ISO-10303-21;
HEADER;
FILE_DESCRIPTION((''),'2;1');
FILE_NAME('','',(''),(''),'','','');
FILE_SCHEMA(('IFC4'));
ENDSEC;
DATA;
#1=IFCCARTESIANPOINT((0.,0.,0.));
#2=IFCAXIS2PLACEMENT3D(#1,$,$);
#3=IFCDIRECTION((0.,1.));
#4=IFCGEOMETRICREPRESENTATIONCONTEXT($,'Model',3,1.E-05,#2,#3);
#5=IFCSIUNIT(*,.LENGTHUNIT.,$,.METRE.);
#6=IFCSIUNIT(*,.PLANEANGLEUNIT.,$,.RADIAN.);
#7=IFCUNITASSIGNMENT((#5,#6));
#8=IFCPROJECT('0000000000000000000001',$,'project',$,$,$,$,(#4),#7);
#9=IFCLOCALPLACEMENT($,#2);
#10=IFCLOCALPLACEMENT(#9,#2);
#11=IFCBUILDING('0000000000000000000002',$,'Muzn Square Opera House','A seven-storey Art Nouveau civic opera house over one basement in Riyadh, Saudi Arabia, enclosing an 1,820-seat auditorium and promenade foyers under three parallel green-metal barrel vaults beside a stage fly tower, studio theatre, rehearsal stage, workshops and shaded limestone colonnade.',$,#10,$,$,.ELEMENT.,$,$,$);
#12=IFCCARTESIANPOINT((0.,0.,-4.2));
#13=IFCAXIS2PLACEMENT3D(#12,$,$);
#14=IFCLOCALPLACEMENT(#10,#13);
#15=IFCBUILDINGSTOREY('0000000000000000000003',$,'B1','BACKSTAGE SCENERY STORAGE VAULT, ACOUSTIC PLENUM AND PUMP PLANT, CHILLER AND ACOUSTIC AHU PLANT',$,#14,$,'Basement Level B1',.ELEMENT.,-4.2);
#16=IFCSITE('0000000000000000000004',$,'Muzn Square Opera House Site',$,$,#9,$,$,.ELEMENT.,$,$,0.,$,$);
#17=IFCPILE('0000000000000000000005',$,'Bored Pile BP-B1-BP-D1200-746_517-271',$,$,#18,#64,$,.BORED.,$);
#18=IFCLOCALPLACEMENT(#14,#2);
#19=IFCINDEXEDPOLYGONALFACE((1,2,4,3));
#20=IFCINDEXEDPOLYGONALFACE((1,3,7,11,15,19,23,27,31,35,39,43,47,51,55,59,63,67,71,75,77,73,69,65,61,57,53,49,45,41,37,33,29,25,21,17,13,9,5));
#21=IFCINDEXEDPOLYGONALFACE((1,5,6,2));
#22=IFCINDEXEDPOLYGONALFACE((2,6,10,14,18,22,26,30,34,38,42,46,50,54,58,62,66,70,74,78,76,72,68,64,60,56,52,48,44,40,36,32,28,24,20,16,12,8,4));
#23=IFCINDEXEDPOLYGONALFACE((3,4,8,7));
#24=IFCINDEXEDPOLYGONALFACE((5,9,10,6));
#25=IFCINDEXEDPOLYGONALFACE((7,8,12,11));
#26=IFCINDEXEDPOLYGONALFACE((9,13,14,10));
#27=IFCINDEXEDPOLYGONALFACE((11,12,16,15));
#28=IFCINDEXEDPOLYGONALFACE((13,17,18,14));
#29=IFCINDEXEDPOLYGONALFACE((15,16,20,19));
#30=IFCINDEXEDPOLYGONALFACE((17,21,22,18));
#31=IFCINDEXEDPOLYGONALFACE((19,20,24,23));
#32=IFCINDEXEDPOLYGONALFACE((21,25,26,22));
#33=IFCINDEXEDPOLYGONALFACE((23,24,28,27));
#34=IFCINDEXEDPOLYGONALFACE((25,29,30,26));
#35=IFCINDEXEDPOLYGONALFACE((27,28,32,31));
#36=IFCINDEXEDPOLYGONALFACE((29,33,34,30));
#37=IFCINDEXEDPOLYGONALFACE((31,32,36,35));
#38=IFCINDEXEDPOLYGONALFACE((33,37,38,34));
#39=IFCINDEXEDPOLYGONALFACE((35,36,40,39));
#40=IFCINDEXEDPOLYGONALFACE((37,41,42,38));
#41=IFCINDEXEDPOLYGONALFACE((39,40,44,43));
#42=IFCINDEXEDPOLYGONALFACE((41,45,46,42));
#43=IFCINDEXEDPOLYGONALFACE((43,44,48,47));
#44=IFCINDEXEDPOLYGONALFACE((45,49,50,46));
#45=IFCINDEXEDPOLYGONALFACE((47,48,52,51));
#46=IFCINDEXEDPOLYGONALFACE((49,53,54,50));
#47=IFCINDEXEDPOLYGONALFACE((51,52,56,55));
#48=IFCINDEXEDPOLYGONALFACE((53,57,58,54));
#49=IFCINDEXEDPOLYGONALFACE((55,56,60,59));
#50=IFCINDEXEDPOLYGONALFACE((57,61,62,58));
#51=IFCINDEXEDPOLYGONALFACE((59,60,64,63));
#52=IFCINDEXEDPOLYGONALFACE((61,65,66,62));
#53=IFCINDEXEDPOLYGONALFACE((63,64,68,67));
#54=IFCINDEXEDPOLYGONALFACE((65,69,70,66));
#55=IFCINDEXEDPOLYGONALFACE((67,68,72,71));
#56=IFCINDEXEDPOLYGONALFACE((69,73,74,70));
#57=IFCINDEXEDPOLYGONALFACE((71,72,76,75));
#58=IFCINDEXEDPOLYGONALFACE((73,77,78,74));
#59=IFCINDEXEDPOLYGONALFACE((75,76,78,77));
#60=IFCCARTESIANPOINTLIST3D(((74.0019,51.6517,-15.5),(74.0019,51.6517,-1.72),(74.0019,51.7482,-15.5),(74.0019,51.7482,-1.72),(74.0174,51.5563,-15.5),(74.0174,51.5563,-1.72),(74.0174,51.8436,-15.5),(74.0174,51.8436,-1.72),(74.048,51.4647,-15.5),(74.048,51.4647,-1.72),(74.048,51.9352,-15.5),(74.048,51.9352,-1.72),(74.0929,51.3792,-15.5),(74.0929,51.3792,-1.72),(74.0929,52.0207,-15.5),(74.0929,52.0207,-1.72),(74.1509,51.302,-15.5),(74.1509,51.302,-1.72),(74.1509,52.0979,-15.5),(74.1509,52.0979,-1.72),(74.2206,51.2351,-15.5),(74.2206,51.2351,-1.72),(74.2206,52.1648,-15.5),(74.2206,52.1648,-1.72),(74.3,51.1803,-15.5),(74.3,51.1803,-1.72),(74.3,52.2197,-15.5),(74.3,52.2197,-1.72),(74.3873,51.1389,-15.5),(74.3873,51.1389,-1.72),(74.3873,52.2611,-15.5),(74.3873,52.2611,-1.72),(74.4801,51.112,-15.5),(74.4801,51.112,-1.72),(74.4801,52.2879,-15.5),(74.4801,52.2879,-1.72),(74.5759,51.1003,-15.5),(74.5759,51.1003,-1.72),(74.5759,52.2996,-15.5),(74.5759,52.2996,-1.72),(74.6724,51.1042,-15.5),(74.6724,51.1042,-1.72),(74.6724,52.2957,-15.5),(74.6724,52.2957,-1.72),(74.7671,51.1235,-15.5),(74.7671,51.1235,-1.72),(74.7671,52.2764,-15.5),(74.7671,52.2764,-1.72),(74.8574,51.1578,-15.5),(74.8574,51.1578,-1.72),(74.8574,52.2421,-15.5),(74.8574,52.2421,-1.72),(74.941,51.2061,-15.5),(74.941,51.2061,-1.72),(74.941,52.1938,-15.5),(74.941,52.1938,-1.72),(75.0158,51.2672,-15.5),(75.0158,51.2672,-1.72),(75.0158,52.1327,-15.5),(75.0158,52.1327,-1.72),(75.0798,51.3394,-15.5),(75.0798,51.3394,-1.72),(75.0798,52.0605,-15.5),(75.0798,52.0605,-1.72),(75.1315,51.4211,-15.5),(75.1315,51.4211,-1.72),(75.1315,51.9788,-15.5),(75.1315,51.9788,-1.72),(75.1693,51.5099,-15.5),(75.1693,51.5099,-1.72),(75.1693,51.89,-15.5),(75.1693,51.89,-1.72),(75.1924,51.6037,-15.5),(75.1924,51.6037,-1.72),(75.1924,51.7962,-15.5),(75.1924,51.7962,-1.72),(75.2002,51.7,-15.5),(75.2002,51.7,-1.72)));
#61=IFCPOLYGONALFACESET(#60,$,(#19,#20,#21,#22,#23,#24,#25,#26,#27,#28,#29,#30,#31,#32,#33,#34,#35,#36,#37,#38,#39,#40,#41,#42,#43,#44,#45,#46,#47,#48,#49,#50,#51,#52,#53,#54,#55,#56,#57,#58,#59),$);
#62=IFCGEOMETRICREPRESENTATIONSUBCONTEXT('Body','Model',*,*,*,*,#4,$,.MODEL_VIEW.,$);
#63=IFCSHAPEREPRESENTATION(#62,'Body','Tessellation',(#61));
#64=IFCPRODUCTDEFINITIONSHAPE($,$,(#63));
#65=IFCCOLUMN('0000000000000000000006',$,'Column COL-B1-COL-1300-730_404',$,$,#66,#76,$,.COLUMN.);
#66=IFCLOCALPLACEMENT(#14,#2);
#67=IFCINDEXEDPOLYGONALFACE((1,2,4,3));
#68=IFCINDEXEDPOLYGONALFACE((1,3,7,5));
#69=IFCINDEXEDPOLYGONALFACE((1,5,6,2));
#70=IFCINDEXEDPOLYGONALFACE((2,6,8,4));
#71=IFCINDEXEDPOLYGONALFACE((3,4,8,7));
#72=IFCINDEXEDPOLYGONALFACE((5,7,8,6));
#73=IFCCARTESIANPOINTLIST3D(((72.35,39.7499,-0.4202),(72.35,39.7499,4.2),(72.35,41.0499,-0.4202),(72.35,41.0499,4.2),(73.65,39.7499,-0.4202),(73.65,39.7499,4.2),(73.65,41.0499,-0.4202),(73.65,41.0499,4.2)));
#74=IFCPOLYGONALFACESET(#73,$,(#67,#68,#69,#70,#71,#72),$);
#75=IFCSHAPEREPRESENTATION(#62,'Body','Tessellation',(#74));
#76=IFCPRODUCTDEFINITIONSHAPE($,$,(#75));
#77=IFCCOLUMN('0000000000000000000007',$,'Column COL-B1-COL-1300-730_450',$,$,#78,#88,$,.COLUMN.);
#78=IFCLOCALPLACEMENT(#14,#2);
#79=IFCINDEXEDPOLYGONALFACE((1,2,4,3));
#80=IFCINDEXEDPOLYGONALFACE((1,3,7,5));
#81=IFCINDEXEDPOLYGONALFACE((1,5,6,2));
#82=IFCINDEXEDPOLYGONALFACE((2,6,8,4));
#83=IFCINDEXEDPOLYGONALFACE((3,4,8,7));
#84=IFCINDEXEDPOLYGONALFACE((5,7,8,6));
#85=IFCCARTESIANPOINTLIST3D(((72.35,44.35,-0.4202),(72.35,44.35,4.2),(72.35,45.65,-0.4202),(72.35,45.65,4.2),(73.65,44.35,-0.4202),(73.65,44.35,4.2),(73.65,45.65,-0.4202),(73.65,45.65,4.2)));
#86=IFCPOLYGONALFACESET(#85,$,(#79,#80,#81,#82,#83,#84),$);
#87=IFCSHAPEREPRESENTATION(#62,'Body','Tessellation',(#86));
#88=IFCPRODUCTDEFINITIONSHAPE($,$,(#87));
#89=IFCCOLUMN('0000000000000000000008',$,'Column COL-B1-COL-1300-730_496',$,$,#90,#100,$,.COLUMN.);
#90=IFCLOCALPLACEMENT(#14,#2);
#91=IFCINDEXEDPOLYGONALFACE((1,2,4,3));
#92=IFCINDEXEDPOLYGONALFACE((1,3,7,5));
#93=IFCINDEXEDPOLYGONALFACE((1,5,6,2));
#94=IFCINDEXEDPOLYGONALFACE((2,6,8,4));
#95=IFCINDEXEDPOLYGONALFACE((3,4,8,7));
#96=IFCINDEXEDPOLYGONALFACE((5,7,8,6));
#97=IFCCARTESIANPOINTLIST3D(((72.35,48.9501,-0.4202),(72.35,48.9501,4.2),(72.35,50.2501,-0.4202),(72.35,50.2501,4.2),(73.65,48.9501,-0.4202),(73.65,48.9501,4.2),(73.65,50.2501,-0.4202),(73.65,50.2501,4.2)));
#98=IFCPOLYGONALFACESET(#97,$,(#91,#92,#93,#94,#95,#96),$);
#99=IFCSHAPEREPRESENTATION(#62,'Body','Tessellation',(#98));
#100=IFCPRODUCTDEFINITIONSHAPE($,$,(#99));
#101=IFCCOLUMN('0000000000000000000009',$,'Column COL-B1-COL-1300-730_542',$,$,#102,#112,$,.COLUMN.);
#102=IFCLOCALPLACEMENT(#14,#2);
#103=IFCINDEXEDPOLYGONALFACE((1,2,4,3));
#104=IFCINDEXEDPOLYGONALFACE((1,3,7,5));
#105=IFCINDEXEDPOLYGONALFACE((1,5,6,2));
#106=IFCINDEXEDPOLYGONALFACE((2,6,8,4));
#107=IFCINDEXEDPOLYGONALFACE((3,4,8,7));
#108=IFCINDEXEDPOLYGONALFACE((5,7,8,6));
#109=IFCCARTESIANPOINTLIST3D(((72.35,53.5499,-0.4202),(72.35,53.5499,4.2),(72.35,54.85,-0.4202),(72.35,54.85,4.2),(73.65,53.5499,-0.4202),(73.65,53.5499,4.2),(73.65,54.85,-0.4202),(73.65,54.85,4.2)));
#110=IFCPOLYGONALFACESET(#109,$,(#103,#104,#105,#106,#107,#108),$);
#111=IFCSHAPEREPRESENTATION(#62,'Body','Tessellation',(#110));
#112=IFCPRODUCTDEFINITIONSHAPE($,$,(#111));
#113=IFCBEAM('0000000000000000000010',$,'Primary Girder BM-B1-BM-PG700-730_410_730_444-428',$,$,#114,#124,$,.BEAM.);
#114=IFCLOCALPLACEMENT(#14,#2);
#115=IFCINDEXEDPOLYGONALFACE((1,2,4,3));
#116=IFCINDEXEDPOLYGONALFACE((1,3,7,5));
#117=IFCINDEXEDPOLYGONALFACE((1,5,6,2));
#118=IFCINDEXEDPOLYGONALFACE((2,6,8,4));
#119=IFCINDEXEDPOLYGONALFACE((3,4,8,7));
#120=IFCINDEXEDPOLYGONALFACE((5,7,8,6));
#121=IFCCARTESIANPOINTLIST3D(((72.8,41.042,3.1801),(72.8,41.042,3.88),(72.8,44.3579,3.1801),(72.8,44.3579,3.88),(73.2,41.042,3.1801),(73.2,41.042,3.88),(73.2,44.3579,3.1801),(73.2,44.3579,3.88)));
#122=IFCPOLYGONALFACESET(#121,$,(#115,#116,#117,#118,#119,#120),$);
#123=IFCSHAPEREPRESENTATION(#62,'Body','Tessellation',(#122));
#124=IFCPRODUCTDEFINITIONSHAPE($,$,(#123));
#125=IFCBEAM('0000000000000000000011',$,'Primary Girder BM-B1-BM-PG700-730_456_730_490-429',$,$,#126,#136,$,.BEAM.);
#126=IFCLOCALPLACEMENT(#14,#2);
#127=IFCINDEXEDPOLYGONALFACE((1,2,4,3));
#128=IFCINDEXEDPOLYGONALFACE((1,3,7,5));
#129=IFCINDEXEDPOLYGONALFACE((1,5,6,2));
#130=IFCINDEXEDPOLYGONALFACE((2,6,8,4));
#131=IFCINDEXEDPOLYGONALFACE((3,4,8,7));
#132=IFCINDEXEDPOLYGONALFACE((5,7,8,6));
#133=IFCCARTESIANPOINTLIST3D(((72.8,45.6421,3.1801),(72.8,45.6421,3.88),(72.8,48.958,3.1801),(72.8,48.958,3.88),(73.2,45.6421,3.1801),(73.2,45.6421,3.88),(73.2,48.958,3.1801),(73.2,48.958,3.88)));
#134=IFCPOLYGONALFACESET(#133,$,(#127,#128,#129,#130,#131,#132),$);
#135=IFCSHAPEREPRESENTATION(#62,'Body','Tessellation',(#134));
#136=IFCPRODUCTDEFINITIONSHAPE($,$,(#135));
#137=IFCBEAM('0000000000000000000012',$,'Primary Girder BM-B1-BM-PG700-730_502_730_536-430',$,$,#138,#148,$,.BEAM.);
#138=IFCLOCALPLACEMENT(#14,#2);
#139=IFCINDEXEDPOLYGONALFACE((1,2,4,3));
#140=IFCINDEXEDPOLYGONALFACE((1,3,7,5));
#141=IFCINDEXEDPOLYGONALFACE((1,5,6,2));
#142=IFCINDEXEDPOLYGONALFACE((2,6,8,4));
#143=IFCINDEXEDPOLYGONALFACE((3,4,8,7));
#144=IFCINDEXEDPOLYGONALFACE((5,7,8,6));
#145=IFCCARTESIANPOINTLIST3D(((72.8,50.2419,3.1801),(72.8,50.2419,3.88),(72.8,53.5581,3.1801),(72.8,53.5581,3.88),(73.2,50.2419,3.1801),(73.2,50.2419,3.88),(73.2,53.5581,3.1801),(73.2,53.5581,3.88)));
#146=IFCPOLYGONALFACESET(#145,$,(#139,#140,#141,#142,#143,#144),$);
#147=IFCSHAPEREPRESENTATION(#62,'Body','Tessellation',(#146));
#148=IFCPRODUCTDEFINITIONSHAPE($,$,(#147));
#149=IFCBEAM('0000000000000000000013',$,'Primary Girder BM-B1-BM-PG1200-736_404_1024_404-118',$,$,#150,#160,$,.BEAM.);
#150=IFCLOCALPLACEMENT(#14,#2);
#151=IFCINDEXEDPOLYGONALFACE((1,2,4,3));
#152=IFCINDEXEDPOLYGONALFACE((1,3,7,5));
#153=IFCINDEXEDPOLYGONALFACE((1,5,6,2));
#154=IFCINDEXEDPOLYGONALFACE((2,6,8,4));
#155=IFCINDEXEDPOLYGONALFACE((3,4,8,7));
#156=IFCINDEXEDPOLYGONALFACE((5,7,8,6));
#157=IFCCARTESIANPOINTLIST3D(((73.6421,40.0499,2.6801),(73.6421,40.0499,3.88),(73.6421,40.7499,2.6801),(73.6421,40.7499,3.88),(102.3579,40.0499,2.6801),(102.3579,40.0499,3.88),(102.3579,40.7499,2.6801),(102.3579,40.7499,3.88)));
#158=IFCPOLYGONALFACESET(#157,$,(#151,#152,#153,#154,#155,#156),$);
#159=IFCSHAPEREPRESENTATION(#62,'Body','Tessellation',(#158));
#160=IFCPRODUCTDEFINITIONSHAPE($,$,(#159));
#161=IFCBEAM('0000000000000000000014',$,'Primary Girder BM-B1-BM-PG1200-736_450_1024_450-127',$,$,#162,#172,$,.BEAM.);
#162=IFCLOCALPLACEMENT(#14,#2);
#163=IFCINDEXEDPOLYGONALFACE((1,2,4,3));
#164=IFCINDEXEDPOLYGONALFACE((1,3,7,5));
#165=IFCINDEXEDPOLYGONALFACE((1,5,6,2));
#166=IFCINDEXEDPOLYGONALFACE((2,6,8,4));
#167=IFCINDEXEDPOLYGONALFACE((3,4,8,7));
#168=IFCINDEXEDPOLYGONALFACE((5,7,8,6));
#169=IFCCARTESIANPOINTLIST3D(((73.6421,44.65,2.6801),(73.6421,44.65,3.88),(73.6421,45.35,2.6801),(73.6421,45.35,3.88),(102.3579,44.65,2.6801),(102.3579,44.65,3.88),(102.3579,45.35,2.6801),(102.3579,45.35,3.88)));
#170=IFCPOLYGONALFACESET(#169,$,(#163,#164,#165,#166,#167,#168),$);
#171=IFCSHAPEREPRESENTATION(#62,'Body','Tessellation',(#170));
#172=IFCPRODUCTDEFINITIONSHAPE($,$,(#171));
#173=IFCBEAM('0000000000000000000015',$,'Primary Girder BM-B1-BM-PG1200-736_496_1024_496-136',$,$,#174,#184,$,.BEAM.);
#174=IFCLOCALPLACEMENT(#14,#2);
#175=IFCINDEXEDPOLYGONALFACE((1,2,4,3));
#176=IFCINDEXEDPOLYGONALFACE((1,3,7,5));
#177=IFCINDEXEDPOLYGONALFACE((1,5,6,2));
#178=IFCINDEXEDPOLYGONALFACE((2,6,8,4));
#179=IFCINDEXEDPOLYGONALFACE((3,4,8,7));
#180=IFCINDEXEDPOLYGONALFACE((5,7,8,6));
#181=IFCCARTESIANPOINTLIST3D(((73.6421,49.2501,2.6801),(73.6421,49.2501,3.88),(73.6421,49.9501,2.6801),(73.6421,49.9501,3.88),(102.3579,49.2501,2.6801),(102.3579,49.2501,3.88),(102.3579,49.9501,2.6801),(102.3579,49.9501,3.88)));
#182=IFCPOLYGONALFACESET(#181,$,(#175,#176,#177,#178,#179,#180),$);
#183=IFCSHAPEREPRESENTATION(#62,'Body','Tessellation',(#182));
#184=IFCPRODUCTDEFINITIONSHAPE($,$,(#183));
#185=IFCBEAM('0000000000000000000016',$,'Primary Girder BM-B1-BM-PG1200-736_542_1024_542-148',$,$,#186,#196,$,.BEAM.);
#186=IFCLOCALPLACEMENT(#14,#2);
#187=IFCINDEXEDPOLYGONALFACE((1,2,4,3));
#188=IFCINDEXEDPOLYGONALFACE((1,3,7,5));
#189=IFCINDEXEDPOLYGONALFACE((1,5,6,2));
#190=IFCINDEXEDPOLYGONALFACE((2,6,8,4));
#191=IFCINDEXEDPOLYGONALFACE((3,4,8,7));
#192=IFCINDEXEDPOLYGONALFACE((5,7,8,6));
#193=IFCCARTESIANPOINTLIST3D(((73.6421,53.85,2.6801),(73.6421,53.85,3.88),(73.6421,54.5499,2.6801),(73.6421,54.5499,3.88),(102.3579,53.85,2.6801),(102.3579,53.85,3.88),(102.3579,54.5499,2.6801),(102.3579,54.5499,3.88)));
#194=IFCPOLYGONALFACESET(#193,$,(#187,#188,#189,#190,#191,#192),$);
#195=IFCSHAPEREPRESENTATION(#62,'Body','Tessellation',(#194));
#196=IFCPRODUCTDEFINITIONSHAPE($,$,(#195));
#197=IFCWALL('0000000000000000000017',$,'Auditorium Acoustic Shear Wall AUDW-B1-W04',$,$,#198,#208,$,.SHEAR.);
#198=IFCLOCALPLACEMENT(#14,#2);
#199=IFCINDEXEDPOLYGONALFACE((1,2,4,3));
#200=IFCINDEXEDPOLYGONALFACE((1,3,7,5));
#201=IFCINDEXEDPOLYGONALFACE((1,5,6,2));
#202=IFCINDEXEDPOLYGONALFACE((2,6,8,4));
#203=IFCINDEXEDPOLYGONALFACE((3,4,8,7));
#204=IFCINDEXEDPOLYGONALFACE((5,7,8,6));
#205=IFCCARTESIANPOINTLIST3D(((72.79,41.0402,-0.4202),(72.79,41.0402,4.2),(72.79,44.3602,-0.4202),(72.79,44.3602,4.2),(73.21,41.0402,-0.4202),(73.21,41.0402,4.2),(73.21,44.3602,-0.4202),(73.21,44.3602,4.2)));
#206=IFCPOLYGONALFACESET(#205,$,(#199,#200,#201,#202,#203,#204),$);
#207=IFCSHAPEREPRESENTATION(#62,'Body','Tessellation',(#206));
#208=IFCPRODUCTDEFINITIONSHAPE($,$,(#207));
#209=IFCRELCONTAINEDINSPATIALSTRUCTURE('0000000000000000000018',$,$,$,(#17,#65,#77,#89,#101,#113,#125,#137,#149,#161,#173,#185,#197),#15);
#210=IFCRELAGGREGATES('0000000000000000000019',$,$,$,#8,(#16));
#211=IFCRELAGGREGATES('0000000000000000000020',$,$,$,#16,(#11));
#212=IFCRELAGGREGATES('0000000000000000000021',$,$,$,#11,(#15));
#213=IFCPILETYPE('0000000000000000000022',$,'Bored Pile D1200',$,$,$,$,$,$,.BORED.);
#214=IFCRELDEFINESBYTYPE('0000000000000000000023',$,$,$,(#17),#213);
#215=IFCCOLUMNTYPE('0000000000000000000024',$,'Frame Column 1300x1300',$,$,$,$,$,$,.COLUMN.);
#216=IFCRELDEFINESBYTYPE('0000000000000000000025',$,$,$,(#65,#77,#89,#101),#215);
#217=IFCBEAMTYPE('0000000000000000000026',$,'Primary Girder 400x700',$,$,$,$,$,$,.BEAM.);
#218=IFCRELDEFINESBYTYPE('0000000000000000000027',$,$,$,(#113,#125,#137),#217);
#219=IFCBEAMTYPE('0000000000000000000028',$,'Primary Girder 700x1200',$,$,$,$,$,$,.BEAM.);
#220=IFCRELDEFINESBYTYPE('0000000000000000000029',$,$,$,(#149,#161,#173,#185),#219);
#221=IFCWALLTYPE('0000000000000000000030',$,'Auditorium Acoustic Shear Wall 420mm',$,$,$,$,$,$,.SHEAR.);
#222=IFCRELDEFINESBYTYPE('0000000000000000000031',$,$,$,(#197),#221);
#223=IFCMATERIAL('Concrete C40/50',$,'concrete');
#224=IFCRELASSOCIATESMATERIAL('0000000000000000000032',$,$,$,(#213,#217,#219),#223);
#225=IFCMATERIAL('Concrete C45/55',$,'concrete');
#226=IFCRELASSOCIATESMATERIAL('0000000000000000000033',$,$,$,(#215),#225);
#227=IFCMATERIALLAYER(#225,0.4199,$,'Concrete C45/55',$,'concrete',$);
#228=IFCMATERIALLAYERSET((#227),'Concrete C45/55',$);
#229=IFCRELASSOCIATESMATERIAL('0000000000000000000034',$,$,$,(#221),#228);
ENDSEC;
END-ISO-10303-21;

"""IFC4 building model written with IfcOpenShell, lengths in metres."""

from ifc_helpers import new_model, si_unit, direction, frame, frame_2d, origin, origin_2d, place, context, subcontext, project, spatial, rectangle, circle, extrude, material, layer, layer_set, material_profile, profile_set, type_object, element, save


model = new_model("IFC4")

# Units and contexts
model_context = context("Model", 3, precision=1e-05, world=origin(), true_north=direction((0.0, 1.0)))
body_context = subcontext(model_context, "Body", "Model", "MODEL_VIEW")
ifc_project = project(units=[si_unit("LENGTHUNIT", "METRE"), si_unit("PLANEANGLEUNIT", "RADIAN")], contexts=[model_context])

# Site, building, storey
site_placement = place(None, origin())
site = spatial("IfcSite", under=ifc_project, at=site_placement, Name="Muzn Square Opera House Site", CompositionType="ELEMENT", RefElevation=0.0)
building_placement = place(site_placement, origin())
building = spatial("IfcBuilding", under=site, at=building_placement, Name="Muzn Square Opera House", Description="A seven-storey Art Nouveau civic opera house over one basement in Riyadh, Saudi Arabia, enclosing an 1,820-seat auditorium and promenade foyers under three parallel green-metal barrel vaults beside a stage fly tower, studio theatre, rehearsal stage, workshops and shaded limestone colonnade.", CompositionType="ELEMENT")
storey_placement = place(building_placement, frame((0.0, 0.0, -4.2)))
storey = spatial("IfcBuildingStorey", under=building, at=storey_placement, Name="B1", Description="BACKSTAGE SCENERY STORAGE VAULT, ACOUSTIC PLENUM AND PUMP PLANT, CHILLER AND ACOUSTIC AHU PLANT", LongName="Basement Level B1", CompositionType="ELEMENT", Elevation=-4.2)

# Pile
ifc_material_1 = material(Name="Concrete C40/50", Category="concrete")
ifc_material_profile_1 = material_profile(ifc_material_1, circle(Radius=0.6001, at=origin_2d()), Name="BORED PILE D1200", Category="concrete")
ifc_profile_set_1 = profile_set([ifc_material_profile_1], Name="Concrete C40/50")
pile_type = type_object("IfcPileType", Name="Bored Pile D1200", PredefinedType="BORED", material=ifc_profile_set_1)
for number, where, z_axis, x_axis, name in (
    (1, (74.6001, 51.7, -1.72), (0.0, 0.0, -1.0), (1.0, 0.0, 0.0), "Bored Pile BP-B1-BP-D1200-746_517-271"),
):
    element("IfcPile", number, at=place(storey_placement, frame(where, z_axis=z_axis, x_axis=x_axis)), inside=storey, type_object=pile_type, Name=name, PredefinedType="BORED", context=body_context, shape_type="SweptSolid", body=[
        extrude(circle(Radius=0.6001, at=origin_2d()), origin(), (0.0, 0.0, 1.0), 13.78),
    ])

# Columns
ifc_material_2 = material(Name="Concrete C45/55", Category="concrete")
ifc_material_profile_2 = material_profile(ifc_material_2, rectangle(XDim=1.3, YDim=1.3, at=origin_2d()), Name="RC 1300x1300", Category="concrete")
ifc_profile_set_2 = profile_set([ifc_material_profile_2], Name="Concrete C45/55")
column_type = type_object("IfcColumnType", Name="Frame Column 1300x1300", PredefinedType="COLUMN", material=ifc_profile_set_2)
for number, where, z_axis, x_axis, name in (
    (2, (73.0, 40.3999, -0.4202), (0.0, 0.0, 1.0), (1.0, 0.0, 0.0), "Column COL-B1-COL-1300-730_404"),
    (3, (73.0, 45.0, -0.4202), (0.0, 0.0, 1.0), (1.0, 0.0, 0.0), "Column COL-B1-COL-1300-730_450"),
    (4, (73.0, 49.6001, -0.4202), (0.0, 0.0, 1.0), (1.0, 0.0, 0.0), "Column COL-B1-COL-1300-730_496"),
    (5, (73.0, 54.2, -0.4202), (0.0, 0.0, 1.0), (1.0, 0.0, 0.0), "Column COL-B1-COL-1300-730_542"),
):
    element("IfcColumn", number, at=place(storey_placement, frame(where, z_axis=z_axis, x_axis=x_axis)), inside=storey, type_object=column_type, Name=name, PredefinedType="COLUMN", context=body_context, shape_type="SweptSolid", body=[
        extrude(rectangle(XDim=1.3, YDim=1.3, at=origin_2d()), origin(), (0.0, 0.0, 1.0), 4.6201),
    ])

# Beams
ifc_material_profile_3 = material_profile(ifc_material_1, rectangle(XDim=0.3999, YDim=0.7, at=origin_2d()), Name="RCB 400x700", Category="concrete")
ifc_profile_set_3 = profile_set([ifc_material_profile_3], Name="Concrete C40/50")
beam_type_1 = type_object("IfcBeamType", Name="Primary Girder 400x700", PredefinedType="BEAM", material=ifc_profile_set_3)
for number, where, z_axis, x_axis, name in (
    (6, (73.0, 41.042, 3.53), (0.0, 1.0, 0.0), (-1.0, 0.0, 0.0), "Primary Girder BM-B1-BM-PG700-730_410_730_444-428"),
    (7, (73.0, 45.6421, 3.53), (0.0, 1.0, 0.0), (-1.0, 0.0, 0.0), "Primary Girder BM-B1-BM-PG700-730_456_730_490-429"),
):
    element("IfcBeam", number, at=place(storey_placement, frame(where, z_axis=z_axis, x_axis=x_axis)), inside=storey, type_object=beam_type_1, Name=name, PredefinedType="BEAM", context=body_context, shape_type="SweptSolid", body=[
        extrude(rectangle(XDim=0.3999, YDim=0.7, at=origin_2d()), origin(), (0.0, 0.0, 1.0), 3.3159),
    ])
beam_placement = place(storey_placement, frame((73.0, 50.2419, 3.53), z_axis=(0.0, 1.0, 0.0), x_axis=(-1.0, 0.0, 0.0)))
element("IfcBeam", 8, at=beam_placement, inside=storey, type_object=beam_type_1, Name="Primary Girder BM-B1-BM-PG700-730_502_730_536-430", PredefinedType="BEAM", context=body_context, shape_type="SweptSolid", body=[
    extrude(rectangle(XDim=0.3999, YDim=0.7, at=origin_2d()), origin(), (0.0, 0.0, 1.0), 3.3162),
])
ifc_material_profile_4 = material_profile(ifc_material_1, rectangle(XDim=0.7, YDim=1.2, at=origin_2d()), Name="RCB 700x1200", Category="concrete")
ifc_profile_set_4 = profile_set([ifc_material_profile_4], Name="Concrete C40/50")
beam_type_2 = type_object("IfcBeamType", Name="Primary Girder 700x1200", PredefinedType="BEAM", material=ifc_profile_set_4)
for number, where, z_axis, x_axis, name in (
    (9, (73.6421, 40.3999, 3.28), (1.0, 0.0, 0.0), (0.0, 1.0, 0.0), "Primary Girder BM-B1-BM-PG1200-736_404_1024_404-118"),
    (10, (73.6421, 45.0, 3.28), (1.0, 0.0, 0.0), (0.0, 1.0, 0.0), "Primary Girder BM-B1-BM-PG1200-736_450_1024_450-127"),
    (11, (73.6421, 49.6001, 3.28), (1.0, 0.0, 0.0), (0.0, 1.0, 0.0), "Primary Girder BM-B1-BM-PG1200-736_496_1024_496-136"),
    (12, (73.6421, 54.2, 3.28), (1.0, 0.0, 0.0), (0.0, 1.0, 0.0), "Primary Girder BM-B1-BM-PG1200-736_542_1024_542-148"),
):
    element("IfcBeam", number, at=place(storey_placement, frame(where, z_axis=z_axis, x_axis=x_axis)), inside=storey, type_object=beam_type_2, Name=name, PredefinedType="BEAM", context=body_context, shape_type="SweptSolid", body=[
        extrude(rectangle(XDim=0.7, YDim=1.2, at=origin_2d()), origin(), (0.0, 0.0, 1.0), 28.7158),
    ])

# Wall
ifc_layer_1 = layer(ifc_material_2, 0.4199, Name="Concrete C45/55", Category="concrete")
ifc_layer_set_1 = layer_set([ifc_layer_1], Name="Concrete C45/55")
wall_type_1 = type_object("IfcWallType", Name="Auditorium Acoustic Shear Wall 420mm", PredefinedType="SHEAR", material=ifc_layer_set_1)
for number, where, z_axis, x_axis, name in (
    (13, (73.0, 41.04, -0.4202), (0.0, 0.0, 1.0), (0.0, 1.0, 0.0), "Auditorium Acoustic Shear Wall AUDW-B1-W04"),
):
    element("IfcWall", number, at=place(storey_placement, frame(where, z_axis=z_axis, x_axis=x_axis)), inside=storey, type_object=wall_type_1, Name=name, PredefinedType="SHEAR", context=body_context, shape_type="SweptSolid", body=[
        extrude(rectangle(XDim=3.3201, YDim=0.4199, at=frame_2d((1.6602, 0.0))), origin(), (0.0, 0.0, 1.0), 4.6201),
    ])

save(model, "model.ifc")
